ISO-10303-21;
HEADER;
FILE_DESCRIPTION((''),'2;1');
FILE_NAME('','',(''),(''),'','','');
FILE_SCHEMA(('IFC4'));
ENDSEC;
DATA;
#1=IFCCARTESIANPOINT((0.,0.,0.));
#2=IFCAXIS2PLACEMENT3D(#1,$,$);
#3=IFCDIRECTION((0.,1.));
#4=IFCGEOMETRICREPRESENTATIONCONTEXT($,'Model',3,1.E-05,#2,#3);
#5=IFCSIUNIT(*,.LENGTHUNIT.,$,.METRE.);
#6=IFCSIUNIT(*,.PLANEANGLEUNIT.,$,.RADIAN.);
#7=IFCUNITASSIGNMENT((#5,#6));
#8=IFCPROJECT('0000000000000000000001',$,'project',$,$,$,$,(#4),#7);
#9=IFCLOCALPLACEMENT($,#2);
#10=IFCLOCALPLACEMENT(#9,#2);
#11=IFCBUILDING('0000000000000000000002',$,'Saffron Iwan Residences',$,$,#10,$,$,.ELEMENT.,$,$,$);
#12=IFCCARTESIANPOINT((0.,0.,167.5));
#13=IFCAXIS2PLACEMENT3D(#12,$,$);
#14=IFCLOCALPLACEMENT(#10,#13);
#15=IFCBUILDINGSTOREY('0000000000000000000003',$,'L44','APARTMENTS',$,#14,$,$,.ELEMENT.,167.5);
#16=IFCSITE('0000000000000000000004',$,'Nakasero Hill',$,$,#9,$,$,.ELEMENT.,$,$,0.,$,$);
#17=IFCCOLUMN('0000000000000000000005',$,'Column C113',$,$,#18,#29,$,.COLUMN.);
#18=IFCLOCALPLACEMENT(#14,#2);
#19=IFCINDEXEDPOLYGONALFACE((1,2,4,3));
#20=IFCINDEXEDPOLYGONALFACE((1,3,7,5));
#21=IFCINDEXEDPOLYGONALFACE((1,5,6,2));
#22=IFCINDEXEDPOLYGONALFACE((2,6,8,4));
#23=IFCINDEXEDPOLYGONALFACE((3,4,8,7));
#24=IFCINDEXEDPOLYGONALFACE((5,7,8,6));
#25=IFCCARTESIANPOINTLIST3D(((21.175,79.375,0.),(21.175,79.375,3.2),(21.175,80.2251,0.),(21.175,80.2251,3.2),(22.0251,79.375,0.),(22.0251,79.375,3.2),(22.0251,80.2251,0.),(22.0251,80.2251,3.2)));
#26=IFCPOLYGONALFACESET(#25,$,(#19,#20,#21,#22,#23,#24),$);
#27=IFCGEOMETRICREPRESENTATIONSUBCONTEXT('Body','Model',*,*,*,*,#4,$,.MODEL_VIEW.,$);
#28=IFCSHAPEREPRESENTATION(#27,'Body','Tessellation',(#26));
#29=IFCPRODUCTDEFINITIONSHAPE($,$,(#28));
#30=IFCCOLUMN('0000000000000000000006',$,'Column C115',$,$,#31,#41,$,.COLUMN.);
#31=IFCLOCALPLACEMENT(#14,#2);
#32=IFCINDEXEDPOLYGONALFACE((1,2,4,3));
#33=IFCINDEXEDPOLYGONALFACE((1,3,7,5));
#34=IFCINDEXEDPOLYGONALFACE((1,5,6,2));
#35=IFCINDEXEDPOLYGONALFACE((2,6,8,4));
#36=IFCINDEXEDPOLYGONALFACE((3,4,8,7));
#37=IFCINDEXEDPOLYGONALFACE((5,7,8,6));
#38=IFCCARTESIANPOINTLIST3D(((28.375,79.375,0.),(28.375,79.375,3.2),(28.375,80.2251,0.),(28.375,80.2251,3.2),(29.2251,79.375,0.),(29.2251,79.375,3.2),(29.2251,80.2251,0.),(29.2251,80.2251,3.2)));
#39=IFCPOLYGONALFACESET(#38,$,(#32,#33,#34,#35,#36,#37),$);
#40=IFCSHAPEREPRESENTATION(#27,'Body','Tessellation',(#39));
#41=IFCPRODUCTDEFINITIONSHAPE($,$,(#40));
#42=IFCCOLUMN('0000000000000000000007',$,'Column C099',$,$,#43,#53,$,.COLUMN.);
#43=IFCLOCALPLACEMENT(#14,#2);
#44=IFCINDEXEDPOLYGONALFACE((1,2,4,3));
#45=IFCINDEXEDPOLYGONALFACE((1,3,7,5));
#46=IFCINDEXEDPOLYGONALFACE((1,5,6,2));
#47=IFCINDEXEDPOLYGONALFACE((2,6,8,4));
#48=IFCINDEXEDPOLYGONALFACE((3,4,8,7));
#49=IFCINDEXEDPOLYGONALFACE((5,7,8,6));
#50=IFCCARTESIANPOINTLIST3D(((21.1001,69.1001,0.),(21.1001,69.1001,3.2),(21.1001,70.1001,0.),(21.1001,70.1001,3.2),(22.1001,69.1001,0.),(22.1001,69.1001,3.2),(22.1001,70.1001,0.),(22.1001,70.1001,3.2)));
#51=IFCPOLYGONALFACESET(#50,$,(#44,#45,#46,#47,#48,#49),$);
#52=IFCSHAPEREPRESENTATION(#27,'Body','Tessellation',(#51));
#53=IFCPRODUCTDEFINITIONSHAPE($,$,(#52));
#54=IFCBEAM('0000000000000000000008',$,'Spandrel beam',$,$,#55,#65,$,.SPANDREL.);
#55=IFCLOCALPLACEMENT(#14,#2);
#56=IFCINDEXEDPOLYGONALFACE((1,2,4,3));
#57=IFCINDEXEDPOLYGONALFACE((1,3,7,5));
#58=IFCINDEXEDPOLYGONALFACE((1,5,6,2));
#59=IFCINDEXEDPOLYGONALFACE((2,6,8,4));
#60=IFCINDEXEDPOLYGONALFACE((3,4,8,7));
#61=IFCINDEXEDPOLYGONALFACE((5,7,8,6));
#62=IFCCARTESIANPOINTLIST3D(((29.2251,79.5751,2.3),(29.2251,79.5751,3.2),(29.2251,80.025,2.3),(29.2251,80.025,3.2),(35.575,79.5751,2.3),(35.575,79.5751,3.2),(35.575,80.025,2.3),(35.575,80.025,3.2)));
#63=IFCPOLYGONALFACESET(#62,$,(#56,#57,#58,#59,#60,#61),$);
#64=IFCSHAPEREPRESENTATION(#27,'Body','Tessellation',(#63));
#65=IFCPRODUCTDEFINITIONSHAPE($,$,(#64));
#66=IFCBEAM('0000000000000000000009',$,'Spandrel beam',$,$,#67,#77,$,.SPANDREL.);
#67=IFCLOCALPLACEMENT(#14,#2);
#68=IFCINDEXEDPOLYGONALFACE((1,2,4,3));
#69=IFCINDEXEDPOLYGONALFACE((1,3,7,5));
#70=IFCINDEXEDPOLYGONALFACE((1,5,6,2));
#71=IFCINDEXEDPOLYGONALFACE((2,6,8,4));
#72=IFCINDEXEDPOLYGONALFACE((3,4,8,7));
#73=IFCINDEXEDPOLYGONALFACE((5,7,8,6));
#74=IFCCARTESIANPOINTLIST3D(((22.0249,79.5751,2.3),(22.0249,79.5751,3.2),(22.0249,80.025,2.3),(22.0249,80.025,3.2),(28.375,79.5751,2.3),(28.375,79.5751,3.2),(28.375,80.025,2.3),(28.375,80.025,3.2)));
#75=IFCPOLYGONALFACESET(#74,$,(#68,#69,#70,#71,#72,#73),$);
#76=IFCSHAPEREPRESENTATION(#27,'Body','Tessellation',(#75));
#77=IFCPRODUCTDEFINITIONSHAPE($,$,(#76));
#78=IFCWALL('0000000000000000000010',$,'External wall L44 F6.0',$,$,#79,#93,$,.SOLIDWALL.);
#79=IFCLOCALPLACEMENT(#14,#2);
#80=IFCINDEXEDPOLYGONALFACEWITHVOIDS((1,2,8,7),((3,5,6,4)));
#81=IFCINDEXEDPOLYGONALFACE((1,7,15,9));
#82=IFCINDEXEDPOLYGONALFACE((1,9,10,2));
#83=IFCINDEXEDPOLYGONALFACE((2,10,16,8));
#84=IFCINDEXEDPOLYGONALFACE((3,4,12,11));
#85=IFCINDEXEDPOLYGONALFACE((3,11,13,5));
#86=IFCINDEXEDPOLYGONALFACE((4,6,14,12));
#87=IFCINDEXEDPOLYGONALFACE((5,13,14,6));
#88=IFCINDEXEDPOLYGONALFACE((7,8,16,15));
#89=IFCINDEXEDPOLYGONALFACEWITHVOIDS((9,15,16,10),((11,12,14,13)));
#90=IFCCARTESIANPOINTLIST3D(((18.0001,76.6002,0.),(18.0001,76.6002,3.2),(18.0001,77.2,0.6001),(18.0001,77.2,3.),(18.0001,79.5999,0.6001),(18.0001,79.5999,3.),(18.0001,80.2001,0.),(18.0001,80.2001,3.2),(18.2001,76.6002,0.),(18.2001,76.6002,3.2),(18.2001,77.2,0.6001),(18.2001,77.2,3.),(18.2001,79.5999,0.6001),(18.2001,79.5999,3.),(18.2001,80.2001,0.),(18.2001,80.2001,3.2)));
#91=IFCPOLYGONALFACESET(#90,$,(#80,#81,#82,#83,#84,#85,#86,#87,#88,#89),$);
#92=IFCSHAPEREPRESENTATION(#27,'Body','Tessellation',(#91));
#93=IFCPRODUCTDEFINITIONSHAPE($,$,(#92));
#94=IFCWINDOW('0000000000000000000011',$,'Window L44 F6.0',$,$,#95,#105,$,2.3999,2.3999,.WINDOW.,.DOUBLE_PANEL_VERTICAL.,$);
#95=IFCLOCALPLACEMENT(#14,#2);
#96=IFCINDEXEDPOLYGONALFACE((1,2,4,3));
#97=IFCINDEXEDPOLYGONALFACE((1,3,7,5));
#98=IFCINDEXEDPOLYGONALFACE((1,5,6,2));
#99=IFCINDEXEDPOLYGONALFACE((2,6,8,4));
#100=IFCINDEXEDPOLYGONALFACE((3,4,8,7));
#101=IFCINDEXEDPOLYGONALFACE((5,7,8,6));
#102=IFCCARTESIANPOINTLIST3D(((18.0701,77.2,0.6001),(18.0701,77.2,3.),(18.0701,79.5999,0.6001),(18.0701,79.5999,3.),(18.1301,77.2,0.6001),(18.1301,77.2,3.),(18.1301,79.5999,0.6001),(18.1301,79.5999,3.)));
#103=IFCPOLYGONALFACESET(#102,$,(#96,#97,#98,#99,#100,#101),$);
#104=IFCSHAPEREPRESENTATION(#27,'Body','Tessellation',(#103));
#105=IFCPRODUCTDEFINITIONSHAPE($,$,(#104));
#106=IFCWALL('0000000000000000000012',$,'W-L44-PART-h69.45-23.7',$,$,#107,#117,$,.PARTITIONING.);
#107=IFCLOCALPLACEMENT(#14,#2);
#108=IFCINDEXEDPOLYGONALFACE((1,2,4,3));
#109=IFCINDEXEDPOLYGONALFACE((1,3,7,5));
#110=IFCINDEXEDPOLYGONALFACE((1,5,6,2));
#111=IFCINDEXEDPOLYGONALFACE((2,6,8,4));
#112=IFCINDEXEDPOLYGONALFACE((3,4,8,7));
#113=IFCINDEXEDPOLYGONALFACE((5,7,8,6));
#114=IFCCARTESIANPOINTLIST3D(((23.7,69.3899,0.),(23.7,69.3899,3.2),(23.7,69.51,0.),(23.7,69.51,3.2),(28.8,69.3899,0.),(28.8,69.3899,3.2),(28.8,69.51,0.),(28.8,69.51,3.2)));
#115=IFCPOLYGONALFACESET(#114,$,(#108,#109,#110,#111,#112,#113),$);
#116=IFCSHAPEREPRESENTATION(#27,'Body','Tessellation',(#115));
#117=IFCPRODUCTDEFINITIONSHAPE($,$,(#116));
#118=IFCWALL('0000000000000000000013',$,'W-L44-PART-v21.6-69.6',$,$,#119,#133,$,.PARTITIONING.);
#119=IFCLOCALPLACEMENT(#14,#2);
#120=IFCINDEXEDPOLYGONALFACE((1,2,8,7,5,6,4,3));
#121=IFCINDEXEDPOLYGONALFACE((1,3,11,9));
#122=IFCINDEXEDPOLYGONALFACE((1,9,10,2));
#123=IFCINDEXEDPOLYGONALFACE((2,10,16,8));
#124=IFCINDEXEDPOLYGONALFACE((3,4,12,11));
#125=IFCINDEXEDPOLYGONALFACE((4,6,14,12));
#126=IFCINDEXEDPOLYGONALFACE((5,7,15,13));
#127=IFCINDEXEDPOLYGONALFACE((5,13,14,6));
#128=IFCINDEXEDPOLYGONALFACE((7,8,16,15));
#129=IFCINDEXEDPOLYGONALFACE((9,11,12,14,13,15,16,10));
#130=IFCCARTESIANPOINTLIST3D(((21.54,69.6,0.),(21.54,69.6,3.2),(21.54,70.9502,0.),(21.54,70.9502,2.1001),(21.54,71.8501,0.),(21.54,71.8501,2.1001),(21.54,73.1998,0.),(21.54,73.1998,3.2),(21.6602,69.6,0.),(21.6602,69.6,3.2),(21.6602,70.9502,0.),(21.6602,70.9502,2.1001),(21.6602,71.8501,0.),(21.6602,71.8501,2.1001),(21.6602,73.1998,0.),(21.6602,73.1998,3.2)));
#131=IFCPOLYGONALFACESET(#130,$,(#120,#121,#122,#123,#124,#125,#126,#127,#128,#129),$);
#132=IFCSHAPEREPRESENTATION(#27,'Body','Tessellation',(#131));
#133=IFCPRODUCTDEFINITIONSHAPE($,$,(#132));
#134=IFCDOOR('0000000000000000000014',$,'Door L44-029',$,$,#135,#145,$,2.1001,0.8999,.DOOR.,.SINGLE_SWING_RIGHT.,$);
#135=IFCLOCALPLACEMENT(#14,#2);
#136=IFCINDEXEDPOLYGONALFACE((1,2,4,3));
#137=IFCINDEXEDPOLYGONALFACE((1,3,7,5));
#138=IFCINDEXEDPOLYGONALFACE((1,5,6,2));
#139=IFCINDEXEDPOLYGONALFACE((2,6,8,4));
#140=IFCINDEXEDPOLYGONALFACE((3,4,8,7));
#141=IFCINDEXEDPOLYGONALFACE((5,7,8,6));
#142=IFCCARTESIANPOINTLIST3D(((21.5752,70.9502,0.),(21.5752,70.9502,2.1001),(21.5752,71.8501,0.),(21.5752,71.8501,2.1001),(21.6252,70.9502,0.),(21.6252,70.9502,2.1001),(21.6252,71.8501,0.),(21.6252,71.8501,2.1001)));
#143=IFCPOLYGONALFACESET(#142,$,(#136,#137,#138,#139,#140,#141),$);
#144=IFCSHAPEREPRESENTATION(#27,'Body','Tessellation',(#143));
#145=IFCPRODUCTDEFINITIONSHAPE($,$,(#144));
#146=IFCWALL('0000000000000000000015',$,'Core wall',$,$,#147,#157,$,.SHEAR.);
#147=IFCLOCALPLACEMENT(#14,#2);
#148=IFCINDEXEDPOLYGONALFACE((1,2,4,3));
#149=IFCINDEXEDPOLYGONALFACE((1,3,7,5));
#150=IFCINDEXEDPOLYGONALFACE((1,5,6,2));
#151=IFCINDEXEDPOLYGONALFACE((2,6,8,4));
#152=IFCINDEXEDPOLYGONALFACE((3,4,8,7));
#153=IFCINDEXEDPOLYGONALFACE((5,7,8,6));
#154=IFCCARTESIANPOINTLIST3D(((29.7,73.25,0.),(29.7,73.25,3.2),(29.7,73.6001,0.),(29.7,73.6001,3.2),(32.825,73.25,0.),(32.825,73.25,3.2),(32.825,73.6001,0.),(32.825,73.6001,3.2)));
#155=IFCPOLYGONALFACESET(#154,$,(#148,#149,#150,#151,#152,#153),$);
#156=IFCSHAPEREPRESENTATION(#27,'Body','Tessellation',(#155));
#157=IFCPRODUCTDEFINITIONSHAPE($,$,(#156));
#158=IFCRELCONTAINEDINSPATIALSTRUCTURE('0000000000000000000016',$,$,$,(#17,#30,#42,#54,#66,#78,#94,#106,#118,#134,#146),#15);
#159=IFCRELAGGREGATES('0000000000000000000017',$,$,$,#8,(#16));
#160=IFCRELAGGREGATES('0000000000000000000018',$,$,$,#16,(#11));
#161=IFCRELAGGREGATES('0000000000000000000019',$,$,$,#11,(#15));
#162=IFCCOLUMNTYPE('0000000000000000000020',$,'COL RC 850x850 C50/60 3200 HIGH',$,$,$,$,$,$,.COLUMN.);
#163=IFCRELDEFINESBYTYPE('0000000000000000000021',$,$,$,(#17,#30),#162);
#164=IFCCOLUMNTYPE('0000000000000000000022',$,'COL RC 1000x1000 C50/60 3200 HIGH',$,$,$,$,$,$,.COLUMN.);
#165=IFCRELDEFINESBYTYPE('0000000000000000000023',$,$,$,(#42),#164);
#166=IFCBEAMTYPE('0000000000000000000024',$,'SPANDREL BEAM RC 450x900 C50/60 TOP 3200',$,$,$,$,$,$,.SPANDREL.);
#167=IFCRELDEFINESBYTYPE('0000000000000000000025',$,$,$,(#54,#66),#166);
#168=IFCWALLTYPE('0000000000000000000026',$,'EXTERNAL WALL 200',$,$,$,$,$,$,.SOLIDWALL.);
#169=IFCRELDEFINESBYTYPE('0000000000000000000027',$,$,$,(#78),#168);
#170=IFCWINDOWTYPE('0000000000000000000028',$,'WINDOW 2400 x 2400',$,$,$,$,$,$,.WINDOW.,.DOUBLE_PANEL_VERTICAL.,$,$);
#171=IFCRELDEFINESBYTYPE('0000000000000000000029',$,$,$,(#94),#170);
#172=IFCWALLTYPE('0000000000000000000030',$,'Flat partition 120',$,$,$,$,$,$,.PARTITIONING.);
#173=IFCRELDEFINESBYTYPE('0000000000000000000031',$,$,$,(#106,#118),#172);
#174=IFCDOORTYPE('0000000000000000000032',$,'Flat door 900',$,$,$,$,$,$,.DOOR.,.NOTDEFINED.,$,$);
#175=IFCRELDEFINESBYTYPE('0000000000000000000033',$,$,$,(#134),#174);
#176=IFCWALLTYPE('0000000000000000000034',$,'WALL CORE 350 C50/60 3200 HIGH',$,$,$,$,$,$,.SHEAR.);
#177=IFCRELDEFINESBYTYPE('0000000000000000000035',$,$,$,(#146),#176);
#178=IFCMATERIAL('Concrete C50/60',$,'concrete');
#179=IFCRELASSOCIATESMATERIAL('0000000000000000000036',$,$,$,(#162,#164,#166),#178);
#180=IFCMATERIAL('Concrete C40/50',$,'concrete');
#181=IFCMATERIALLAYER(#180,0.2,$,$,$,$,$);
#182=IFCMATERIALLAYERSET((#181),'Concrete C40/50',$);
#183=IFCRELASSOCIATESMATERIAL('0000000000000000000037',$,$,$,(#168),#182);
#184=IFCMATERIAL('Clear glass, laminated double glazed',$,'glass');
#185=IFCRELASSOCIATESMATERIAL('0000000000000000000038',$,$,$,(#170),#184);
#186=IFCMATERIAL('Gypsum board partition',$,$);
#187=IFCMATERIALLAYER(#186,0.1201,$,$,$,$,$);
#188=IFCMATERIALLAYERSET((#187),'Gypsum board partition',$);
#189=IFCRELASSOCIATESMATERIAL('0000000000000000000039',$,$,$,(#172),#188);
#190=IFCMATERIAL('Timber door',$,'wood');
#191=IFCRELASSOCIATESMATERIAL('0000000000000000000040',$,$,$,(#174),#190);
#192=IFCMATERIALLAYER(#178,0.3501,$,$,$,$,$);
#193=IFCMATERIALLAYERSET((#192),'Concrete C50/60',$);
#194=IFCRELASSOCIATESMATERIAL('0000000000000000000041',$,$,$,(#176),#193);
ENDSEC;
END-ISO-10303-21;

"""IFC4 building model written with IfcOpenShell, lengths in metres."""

from ifc_helpers import new_model, si_unit, direction, frame, frame_2d, origin, origin_2d, place, context, subcontext, project, spatial, rectangle, extrude, source, transform, mapped, material, layer, layer_set, material_profile, profile_set, type_object, element, fill, save


model = new_model("IFC4")

# Units and contexts
model_context = context("Model", 3, precision=1e-05, world=origin(), true_north=direction((0.0, 1.0)))
body_context = subcontext(model_context, "Body", "Model", "MODEL_VIEW")
ifc_project = project(units=[si_unit("LENGTHUNIT", "METRE"), si_unit("PLANEANGLEUNIT", "RADIAN")], contexts=[model_context])

# Site, building, storey
site_placement = place(None, origin())
site = spatial("IfcSite", under=ifc_project, at=site_placement, Name="Nakasero Hill", CompositionType="ELEMENT", RefElevation=0.0)
building_placement = place(site_placement, origin())
building = spatial("IfcBuilding", under=site, at=building_placement, Name="Saffron Iwan Residences", CompositionType="ELEMENT")
storey_placement = place(building_placement, frame((0.0, 0.0, 167.5)))
storey = spatial("IfcBuildingStorey", under=building, at=storey_placement, Name="L44", Description="APARTMENTS", CompositionType="ELEMENT", Elevation=167.5)

# Columns
ifc_material_1 = material(Name="Concrete C50/60", Category="concrete")
ifc_material_profile_1 = material_profile(ifc_material_1, rectangle(XDim=0.8501, YDim=0.8501, at=origin_2d()), Name="RC 850x850")
ifc_profile_set_1 = profile_set([ifc_material_profile_1], Name="Concrete C50/60")
column_type_1 = type_object("IfcColumnType", Name="COL RC 850x850 C50/60 3200 HIGH", PredefinedType="COLUMN", material=ifc_profile_set_1)
shared_shape_1 = source(origin(), body_context, "Body", "SweptSolid", [
    extrude(rectangle(XDim=0.8501, YDim=0.8501, at=origin_2d()), origin(), (0.0, 0.0, 1.0), 3.2),
])
for number, where, z_axis, x_axis, name in (
    (1, (21.6001, 79.8, 0.0), (0.0, 0.0, 1.0), (1.0, 0.0, 0.0), "Column C113"),
    (2, (28.8, 79.8, 0.0), (0.0, 0.0, 1.0), (1.0, 0.0, 0.0), "Column C115"),
):
    element("IfcColumn", number, at=place(storey_placement, frame(where, z_axis=z_axis, x_axis=x_axis)), inside=storey, type_object=column_type_1, Name=name, PredefinedType="COLUMN", context=body_context, shape_type="MappedRepresentation", body=[
        mapped(shared_shape_1, transform((0.0, 0.0, 0.0))),
    ])
ifc_material_profile_2 = material_profile(ifc_material_1, rectangle(XDim=1.0, YDim=1.0, at=origin_2d()), Name="RC 1000x1000")
ifc_profile_set_2 = profile_set([ifc_material_profile_2], Name="Concrete C50/60")
column_type_2 = type_object("IfcColumnType", Name="COL RC 1000x1000 C50/60 3200 HIGH", PredefinedType="COLUMN", material=ifc_profile_set_2)
shared_shape_2 = source(origin(), body_context, "Body", "SweptSolid", [
    extrude(rectangle(XDim=1.0, YDim=1.0, at=origin_2d()), origin(), (0.0, 0.0, 1.0), 3.2),
])
column_placement = place(storey_placement, frame((21.6001, 69.6001, 0.0), z_axis=(0.0, 0.0, 1.0), x_axis=(1.0, 0.0, 0.0)))
element("IfcColumn", 3, at=column_placement, inside=storey, type_object=column_type_2, Name="Column C099", PredefinedType="COLUMN", context=body_context, shape_type="MappedRepresentation", body=[
    mapped(shared_shape_2, transform((0.0, 0.0, 0.0))),
])

# Beams
ifc_material_profile_3 = material_profile(ifc_material_1, rectangle(XDim=0.45, YDim=0.8999, at=origin_2d()), Name="RC 450x900")
ifc_profile_set_3 = profile_set([ifc_material_profile_3], Name="Concrete C50/60")
beam_type = type_object("IfcBeamType", Name="SPANDREL BEAM RC 450x900 C50/60 TOP 3200", PredefinedType="SPANDREL", material=ifc_profile_set_3)
shared_shape_3 = source(origin(), body_context, "Body", "SweptSolid", [
    extrude(rectangle(XDim=0.45, YDim=0.8999, at=origin_2d()), origin(), (0.0, 0.0, 1.0), 6.3499),
])
beam_1_placement = place(storey_placement, frame((29.2251, 79.8, 2.75), z_axis=(1.0, 0.0, 0.0), x_axis=(0.0, 1.0, 0.0)))
element("IfcBeam", 4, at=beam_1_placement, inside=storey, type_object=beam_type, Name="Spandrel beam", PredefinedType="SPANDREL", context=body_context, shape_type="MappedRepresentation", body=[
    mapped(shared_shape_3, transform((0.0, 0.0, 0.0))),
])
shared_shape_4 = source(origin(), body_context, "Body", "SweptSolid", [
    extrude(rectangle(XDim=0.45, YDim=0.8999, at=origin_2d()), origin(), (0.0, 0.0, 1.0), 6.3501),
])
beam_2_placement = place(storey_placement, frame((22.0249, 79.8, 2.75), z_axis=(1.0, 0.0, 0.0), x_axis=(0.0, 1.0, 0.0)))
element("IfcBeam", 5, at=beam_2_placement, inside=storey, type_object=beam_type, Name="Spandrel beam", PredefinedType="SPANDREL", context=body_context, shape_type="MappedRepresentation", body=[
    mapped(shared_shape_4, transform((0.0, 0.0, 0.0))),
])

# Wall, opening, window
ifc_material_2 = material(Name="Concrete C40/50", Category="concrete")
ifc_layer_1 = layer(ifc_material_2, 0.2)
ifc_layer_set_1 = layer_set([ifc_layer_1], Name="Concrete C40/50")
wall_type_1 = type_object("IfcWallType", Name="EXTERNAL WALL 200", PredefinedType="SOLIDWALL", material=ifc_layer_set_1)
wall_1_placement = place(storey_placement, frame((18.1001, 80.2, 0.0), z_axis=(0.0, 0.0, 1.0), x_axis=(0.0, -1.0, 0.0)))
wall_1 = element("IfcWall", 6, at=wall_1_placement, inside=storey, type_object=wall_type_1, Name="External wall L44 F6.0", PredefinedType="SOLIDWALL", context=body_context, shape_type="SweptSolid", body=[
    extrude(rectangle(XDim=3.5999, YDim=0.2, at=frame_2d((1.7998, 0.0))), origin(), (0.0, 0.0, 1.0), 3.2),
])
opening_1_placement = place(wall_1_placement, frame((0.6001, 0.0, 0.6001)))
opening_1 = element("IfcOpeningElement", 7, at=opening_1_placement, cuts=wall_1, PredefinedType="OPENING", context=body_context, shape_type="SweptSolid", body=[
    extrude(rectangle(XDim=2.3999, YDim=2.3999, at=frame_2d((1.2, 1.2))), frame((0.0, 0.1099, 0.0), z_axis=(0.0, -1.0, 0.0), x_axis=(1.0, 0.0, 0.0)), (0.0, 0.0, 1.0), 0.22),
])
ifc_material_3 = material(Name="Clear glass, laminated double glazed", Category="glass")
window_type = type_object("IfcWindowType", Name="WINDOW 2400 x 2400", PartitioningType="DOUBLE_PANEL_VERTICAL", PredefinedType="WINDOW", material=ifc_material_3)
window_placement = place(opening_1_placement, origin())
window = element("IfcWindow", 8, at=window_placement, inside=storey, type_object=window_type, Name="Window L44 F6.0", OverallHeight=2.3999, OverallWidth=2.3999, PartitioningType="DOUBLE_PANEL_VERTICAL", PredefinedType="WINDOW", context=body_context, shape_type="SweptSolid", body=[
    extrude(rectangle(XDim=2.3999, YDim=2.3999, at=frame_2d((1.2, 1.2))), frame((0.0, 0.03, 0.0), z_axis=(0.0, -1.0, 0.0), x_axis=(1.0, 0.0, 0.0)), (0.0, 0.0, 1.0), 0.0601),
])
fill(opening_1, window)

# Wall
ifc_material_4 = material(Name="Gypsum board partition")
ifc_layer_2 = layer(ifc_material_4, 0.1201)
ifc_layer_set_2 = layer_set([ifc_layer_2], Name="Gypsum board partition")
wall_type_2 = type_object("IfcWallType", Name="Flat partition 120", PredefinedType="PARTITIONING", material=ifc_layer_set_2)
wall_2_placement = place(storey_placement, frame((23.7, 69.45, 0.0), z_axis=(0.0, 0.0, 1.0), x_axis=(1.0, 0.0, 0.0)))
element("IfcWall", 9, at=wall_2_placement, inside=storey, type_object=wall_type_2, Name="W-L44-PART-h69.45-23.7", PredefinedType="PARTITIONING", context=body_context, shape_type="SweptSolid", body=[
    extrude(rectangle(XDim=5.1001, YDim=0.1201, at=frame_2d((2.55, 0.0))), origin(), (0.0, 0.0, 1.0), 3.2),
])

# Wall, opening, door
wall_3_placement = place(storey_placement, frame((21.6001, 69.6001, 0.0), z_axis=(0.0, 0.0, 1.0), x_axis=(0.0, 1.0, 0.0)))
wall_3 = element("IfcWall", 10, at=wall_3_placement, inside=storey, type_object=wall_type_2, Name="W-L44-PART-v21.6-69.6", PredefinedType="PARTITIONING", context=body_context, shape_type="SweptSolid", body=[
    extrude(rectangle(XDim=3.5999, YDim=0.1201, at=frame_2d((1.7998, 0.0))), origin(), (0.0, 0.0, 1.0), 3.2),
])
opening_2_placement = place(wall_3_placement, frame((1.3501, 0.0, 0.0)))
opening_2 = element("IfcOpeningElement", 11, at=opening_2_placement, cuts=wall_3, PredefinedType="OPENING", context=body_context, shape_type="SweptSolid", body=[
    extrude(rectangle(XDim=0.8999, YDim=2.1001, at=frame_2d((0.45, 1.05))), frame((0.0, 0.0701, 0.0), z_axis=(0.0, -1.0, 0.0), x_axis=(1.0, 0.0, 0.0)), (0.0, 0.0, 1.0), 0.1401),
])
ifc_material_5 = material(Name="Timber door", Category="wood")
door_type = type_object("IfcDoorType", Name="Flat door 900", OperationType="NOTDEFINED", PredefinedType="DOOR", material=ifc_material_5)
door_placement = place(opening_2_placement, origin())
door = element("IfcDoor", 12, at=door_placement, inside=storey, type_object=door_type, Name="Door L44-029", OperationType="SINGLE_SWING_RIGHT", OverallHeight=2.1001, OverallWidth=0.8999, PredefinedType="DOOR", context=body_context, shape_type="SweptSolid", body=[
    extrude(rectangle(XDim=0.8999, YDim=2.1001, at=frame_2d((0.45, 1.05))), frame((0.0, 0.0249, 0.0), z_axis=(0.0, -1.0, 0.0), x_axis=(1.0, 0.0, 0.0)), (0.0, 0.0, 1.0), 0.05),
])
fill(opening_2, door)

# Wall
ifc_layer_3 = layer(ifc_material_1, 0.3501)
ifc_layer_set_3 = layer_set([ifc_layer_3], Name="Concrete C50/60")
wall_type_3 = type_object("IfcWallType", Name="WALL CORE 350 C50/60 3200 HIGH", PredefinedType="SHEAR", material=ifc_layer_set_3)
wall_4_placement = place(storey_placement, frame((29.7, 73.425, 0.0), z_axis=(0.0, 0.0, 1.0), x_axis=(1.0, 0.0, 0.0)))
element("IfcWall", 13, at=wall_4_placement, inside=storey, type_object=wall_type_3, Name="Core wall", PredefinedType="SHEAR", context=body_context, shape_type="SweptSolid", body=[
    extrude(rectangle(XDim=3.125, YDim=0.3501, at=frame_2d((1.5625, 0.0))), origin(), (0.0, 0.0, 1.0), 3.2),
])

save(model, "model.ifc")
